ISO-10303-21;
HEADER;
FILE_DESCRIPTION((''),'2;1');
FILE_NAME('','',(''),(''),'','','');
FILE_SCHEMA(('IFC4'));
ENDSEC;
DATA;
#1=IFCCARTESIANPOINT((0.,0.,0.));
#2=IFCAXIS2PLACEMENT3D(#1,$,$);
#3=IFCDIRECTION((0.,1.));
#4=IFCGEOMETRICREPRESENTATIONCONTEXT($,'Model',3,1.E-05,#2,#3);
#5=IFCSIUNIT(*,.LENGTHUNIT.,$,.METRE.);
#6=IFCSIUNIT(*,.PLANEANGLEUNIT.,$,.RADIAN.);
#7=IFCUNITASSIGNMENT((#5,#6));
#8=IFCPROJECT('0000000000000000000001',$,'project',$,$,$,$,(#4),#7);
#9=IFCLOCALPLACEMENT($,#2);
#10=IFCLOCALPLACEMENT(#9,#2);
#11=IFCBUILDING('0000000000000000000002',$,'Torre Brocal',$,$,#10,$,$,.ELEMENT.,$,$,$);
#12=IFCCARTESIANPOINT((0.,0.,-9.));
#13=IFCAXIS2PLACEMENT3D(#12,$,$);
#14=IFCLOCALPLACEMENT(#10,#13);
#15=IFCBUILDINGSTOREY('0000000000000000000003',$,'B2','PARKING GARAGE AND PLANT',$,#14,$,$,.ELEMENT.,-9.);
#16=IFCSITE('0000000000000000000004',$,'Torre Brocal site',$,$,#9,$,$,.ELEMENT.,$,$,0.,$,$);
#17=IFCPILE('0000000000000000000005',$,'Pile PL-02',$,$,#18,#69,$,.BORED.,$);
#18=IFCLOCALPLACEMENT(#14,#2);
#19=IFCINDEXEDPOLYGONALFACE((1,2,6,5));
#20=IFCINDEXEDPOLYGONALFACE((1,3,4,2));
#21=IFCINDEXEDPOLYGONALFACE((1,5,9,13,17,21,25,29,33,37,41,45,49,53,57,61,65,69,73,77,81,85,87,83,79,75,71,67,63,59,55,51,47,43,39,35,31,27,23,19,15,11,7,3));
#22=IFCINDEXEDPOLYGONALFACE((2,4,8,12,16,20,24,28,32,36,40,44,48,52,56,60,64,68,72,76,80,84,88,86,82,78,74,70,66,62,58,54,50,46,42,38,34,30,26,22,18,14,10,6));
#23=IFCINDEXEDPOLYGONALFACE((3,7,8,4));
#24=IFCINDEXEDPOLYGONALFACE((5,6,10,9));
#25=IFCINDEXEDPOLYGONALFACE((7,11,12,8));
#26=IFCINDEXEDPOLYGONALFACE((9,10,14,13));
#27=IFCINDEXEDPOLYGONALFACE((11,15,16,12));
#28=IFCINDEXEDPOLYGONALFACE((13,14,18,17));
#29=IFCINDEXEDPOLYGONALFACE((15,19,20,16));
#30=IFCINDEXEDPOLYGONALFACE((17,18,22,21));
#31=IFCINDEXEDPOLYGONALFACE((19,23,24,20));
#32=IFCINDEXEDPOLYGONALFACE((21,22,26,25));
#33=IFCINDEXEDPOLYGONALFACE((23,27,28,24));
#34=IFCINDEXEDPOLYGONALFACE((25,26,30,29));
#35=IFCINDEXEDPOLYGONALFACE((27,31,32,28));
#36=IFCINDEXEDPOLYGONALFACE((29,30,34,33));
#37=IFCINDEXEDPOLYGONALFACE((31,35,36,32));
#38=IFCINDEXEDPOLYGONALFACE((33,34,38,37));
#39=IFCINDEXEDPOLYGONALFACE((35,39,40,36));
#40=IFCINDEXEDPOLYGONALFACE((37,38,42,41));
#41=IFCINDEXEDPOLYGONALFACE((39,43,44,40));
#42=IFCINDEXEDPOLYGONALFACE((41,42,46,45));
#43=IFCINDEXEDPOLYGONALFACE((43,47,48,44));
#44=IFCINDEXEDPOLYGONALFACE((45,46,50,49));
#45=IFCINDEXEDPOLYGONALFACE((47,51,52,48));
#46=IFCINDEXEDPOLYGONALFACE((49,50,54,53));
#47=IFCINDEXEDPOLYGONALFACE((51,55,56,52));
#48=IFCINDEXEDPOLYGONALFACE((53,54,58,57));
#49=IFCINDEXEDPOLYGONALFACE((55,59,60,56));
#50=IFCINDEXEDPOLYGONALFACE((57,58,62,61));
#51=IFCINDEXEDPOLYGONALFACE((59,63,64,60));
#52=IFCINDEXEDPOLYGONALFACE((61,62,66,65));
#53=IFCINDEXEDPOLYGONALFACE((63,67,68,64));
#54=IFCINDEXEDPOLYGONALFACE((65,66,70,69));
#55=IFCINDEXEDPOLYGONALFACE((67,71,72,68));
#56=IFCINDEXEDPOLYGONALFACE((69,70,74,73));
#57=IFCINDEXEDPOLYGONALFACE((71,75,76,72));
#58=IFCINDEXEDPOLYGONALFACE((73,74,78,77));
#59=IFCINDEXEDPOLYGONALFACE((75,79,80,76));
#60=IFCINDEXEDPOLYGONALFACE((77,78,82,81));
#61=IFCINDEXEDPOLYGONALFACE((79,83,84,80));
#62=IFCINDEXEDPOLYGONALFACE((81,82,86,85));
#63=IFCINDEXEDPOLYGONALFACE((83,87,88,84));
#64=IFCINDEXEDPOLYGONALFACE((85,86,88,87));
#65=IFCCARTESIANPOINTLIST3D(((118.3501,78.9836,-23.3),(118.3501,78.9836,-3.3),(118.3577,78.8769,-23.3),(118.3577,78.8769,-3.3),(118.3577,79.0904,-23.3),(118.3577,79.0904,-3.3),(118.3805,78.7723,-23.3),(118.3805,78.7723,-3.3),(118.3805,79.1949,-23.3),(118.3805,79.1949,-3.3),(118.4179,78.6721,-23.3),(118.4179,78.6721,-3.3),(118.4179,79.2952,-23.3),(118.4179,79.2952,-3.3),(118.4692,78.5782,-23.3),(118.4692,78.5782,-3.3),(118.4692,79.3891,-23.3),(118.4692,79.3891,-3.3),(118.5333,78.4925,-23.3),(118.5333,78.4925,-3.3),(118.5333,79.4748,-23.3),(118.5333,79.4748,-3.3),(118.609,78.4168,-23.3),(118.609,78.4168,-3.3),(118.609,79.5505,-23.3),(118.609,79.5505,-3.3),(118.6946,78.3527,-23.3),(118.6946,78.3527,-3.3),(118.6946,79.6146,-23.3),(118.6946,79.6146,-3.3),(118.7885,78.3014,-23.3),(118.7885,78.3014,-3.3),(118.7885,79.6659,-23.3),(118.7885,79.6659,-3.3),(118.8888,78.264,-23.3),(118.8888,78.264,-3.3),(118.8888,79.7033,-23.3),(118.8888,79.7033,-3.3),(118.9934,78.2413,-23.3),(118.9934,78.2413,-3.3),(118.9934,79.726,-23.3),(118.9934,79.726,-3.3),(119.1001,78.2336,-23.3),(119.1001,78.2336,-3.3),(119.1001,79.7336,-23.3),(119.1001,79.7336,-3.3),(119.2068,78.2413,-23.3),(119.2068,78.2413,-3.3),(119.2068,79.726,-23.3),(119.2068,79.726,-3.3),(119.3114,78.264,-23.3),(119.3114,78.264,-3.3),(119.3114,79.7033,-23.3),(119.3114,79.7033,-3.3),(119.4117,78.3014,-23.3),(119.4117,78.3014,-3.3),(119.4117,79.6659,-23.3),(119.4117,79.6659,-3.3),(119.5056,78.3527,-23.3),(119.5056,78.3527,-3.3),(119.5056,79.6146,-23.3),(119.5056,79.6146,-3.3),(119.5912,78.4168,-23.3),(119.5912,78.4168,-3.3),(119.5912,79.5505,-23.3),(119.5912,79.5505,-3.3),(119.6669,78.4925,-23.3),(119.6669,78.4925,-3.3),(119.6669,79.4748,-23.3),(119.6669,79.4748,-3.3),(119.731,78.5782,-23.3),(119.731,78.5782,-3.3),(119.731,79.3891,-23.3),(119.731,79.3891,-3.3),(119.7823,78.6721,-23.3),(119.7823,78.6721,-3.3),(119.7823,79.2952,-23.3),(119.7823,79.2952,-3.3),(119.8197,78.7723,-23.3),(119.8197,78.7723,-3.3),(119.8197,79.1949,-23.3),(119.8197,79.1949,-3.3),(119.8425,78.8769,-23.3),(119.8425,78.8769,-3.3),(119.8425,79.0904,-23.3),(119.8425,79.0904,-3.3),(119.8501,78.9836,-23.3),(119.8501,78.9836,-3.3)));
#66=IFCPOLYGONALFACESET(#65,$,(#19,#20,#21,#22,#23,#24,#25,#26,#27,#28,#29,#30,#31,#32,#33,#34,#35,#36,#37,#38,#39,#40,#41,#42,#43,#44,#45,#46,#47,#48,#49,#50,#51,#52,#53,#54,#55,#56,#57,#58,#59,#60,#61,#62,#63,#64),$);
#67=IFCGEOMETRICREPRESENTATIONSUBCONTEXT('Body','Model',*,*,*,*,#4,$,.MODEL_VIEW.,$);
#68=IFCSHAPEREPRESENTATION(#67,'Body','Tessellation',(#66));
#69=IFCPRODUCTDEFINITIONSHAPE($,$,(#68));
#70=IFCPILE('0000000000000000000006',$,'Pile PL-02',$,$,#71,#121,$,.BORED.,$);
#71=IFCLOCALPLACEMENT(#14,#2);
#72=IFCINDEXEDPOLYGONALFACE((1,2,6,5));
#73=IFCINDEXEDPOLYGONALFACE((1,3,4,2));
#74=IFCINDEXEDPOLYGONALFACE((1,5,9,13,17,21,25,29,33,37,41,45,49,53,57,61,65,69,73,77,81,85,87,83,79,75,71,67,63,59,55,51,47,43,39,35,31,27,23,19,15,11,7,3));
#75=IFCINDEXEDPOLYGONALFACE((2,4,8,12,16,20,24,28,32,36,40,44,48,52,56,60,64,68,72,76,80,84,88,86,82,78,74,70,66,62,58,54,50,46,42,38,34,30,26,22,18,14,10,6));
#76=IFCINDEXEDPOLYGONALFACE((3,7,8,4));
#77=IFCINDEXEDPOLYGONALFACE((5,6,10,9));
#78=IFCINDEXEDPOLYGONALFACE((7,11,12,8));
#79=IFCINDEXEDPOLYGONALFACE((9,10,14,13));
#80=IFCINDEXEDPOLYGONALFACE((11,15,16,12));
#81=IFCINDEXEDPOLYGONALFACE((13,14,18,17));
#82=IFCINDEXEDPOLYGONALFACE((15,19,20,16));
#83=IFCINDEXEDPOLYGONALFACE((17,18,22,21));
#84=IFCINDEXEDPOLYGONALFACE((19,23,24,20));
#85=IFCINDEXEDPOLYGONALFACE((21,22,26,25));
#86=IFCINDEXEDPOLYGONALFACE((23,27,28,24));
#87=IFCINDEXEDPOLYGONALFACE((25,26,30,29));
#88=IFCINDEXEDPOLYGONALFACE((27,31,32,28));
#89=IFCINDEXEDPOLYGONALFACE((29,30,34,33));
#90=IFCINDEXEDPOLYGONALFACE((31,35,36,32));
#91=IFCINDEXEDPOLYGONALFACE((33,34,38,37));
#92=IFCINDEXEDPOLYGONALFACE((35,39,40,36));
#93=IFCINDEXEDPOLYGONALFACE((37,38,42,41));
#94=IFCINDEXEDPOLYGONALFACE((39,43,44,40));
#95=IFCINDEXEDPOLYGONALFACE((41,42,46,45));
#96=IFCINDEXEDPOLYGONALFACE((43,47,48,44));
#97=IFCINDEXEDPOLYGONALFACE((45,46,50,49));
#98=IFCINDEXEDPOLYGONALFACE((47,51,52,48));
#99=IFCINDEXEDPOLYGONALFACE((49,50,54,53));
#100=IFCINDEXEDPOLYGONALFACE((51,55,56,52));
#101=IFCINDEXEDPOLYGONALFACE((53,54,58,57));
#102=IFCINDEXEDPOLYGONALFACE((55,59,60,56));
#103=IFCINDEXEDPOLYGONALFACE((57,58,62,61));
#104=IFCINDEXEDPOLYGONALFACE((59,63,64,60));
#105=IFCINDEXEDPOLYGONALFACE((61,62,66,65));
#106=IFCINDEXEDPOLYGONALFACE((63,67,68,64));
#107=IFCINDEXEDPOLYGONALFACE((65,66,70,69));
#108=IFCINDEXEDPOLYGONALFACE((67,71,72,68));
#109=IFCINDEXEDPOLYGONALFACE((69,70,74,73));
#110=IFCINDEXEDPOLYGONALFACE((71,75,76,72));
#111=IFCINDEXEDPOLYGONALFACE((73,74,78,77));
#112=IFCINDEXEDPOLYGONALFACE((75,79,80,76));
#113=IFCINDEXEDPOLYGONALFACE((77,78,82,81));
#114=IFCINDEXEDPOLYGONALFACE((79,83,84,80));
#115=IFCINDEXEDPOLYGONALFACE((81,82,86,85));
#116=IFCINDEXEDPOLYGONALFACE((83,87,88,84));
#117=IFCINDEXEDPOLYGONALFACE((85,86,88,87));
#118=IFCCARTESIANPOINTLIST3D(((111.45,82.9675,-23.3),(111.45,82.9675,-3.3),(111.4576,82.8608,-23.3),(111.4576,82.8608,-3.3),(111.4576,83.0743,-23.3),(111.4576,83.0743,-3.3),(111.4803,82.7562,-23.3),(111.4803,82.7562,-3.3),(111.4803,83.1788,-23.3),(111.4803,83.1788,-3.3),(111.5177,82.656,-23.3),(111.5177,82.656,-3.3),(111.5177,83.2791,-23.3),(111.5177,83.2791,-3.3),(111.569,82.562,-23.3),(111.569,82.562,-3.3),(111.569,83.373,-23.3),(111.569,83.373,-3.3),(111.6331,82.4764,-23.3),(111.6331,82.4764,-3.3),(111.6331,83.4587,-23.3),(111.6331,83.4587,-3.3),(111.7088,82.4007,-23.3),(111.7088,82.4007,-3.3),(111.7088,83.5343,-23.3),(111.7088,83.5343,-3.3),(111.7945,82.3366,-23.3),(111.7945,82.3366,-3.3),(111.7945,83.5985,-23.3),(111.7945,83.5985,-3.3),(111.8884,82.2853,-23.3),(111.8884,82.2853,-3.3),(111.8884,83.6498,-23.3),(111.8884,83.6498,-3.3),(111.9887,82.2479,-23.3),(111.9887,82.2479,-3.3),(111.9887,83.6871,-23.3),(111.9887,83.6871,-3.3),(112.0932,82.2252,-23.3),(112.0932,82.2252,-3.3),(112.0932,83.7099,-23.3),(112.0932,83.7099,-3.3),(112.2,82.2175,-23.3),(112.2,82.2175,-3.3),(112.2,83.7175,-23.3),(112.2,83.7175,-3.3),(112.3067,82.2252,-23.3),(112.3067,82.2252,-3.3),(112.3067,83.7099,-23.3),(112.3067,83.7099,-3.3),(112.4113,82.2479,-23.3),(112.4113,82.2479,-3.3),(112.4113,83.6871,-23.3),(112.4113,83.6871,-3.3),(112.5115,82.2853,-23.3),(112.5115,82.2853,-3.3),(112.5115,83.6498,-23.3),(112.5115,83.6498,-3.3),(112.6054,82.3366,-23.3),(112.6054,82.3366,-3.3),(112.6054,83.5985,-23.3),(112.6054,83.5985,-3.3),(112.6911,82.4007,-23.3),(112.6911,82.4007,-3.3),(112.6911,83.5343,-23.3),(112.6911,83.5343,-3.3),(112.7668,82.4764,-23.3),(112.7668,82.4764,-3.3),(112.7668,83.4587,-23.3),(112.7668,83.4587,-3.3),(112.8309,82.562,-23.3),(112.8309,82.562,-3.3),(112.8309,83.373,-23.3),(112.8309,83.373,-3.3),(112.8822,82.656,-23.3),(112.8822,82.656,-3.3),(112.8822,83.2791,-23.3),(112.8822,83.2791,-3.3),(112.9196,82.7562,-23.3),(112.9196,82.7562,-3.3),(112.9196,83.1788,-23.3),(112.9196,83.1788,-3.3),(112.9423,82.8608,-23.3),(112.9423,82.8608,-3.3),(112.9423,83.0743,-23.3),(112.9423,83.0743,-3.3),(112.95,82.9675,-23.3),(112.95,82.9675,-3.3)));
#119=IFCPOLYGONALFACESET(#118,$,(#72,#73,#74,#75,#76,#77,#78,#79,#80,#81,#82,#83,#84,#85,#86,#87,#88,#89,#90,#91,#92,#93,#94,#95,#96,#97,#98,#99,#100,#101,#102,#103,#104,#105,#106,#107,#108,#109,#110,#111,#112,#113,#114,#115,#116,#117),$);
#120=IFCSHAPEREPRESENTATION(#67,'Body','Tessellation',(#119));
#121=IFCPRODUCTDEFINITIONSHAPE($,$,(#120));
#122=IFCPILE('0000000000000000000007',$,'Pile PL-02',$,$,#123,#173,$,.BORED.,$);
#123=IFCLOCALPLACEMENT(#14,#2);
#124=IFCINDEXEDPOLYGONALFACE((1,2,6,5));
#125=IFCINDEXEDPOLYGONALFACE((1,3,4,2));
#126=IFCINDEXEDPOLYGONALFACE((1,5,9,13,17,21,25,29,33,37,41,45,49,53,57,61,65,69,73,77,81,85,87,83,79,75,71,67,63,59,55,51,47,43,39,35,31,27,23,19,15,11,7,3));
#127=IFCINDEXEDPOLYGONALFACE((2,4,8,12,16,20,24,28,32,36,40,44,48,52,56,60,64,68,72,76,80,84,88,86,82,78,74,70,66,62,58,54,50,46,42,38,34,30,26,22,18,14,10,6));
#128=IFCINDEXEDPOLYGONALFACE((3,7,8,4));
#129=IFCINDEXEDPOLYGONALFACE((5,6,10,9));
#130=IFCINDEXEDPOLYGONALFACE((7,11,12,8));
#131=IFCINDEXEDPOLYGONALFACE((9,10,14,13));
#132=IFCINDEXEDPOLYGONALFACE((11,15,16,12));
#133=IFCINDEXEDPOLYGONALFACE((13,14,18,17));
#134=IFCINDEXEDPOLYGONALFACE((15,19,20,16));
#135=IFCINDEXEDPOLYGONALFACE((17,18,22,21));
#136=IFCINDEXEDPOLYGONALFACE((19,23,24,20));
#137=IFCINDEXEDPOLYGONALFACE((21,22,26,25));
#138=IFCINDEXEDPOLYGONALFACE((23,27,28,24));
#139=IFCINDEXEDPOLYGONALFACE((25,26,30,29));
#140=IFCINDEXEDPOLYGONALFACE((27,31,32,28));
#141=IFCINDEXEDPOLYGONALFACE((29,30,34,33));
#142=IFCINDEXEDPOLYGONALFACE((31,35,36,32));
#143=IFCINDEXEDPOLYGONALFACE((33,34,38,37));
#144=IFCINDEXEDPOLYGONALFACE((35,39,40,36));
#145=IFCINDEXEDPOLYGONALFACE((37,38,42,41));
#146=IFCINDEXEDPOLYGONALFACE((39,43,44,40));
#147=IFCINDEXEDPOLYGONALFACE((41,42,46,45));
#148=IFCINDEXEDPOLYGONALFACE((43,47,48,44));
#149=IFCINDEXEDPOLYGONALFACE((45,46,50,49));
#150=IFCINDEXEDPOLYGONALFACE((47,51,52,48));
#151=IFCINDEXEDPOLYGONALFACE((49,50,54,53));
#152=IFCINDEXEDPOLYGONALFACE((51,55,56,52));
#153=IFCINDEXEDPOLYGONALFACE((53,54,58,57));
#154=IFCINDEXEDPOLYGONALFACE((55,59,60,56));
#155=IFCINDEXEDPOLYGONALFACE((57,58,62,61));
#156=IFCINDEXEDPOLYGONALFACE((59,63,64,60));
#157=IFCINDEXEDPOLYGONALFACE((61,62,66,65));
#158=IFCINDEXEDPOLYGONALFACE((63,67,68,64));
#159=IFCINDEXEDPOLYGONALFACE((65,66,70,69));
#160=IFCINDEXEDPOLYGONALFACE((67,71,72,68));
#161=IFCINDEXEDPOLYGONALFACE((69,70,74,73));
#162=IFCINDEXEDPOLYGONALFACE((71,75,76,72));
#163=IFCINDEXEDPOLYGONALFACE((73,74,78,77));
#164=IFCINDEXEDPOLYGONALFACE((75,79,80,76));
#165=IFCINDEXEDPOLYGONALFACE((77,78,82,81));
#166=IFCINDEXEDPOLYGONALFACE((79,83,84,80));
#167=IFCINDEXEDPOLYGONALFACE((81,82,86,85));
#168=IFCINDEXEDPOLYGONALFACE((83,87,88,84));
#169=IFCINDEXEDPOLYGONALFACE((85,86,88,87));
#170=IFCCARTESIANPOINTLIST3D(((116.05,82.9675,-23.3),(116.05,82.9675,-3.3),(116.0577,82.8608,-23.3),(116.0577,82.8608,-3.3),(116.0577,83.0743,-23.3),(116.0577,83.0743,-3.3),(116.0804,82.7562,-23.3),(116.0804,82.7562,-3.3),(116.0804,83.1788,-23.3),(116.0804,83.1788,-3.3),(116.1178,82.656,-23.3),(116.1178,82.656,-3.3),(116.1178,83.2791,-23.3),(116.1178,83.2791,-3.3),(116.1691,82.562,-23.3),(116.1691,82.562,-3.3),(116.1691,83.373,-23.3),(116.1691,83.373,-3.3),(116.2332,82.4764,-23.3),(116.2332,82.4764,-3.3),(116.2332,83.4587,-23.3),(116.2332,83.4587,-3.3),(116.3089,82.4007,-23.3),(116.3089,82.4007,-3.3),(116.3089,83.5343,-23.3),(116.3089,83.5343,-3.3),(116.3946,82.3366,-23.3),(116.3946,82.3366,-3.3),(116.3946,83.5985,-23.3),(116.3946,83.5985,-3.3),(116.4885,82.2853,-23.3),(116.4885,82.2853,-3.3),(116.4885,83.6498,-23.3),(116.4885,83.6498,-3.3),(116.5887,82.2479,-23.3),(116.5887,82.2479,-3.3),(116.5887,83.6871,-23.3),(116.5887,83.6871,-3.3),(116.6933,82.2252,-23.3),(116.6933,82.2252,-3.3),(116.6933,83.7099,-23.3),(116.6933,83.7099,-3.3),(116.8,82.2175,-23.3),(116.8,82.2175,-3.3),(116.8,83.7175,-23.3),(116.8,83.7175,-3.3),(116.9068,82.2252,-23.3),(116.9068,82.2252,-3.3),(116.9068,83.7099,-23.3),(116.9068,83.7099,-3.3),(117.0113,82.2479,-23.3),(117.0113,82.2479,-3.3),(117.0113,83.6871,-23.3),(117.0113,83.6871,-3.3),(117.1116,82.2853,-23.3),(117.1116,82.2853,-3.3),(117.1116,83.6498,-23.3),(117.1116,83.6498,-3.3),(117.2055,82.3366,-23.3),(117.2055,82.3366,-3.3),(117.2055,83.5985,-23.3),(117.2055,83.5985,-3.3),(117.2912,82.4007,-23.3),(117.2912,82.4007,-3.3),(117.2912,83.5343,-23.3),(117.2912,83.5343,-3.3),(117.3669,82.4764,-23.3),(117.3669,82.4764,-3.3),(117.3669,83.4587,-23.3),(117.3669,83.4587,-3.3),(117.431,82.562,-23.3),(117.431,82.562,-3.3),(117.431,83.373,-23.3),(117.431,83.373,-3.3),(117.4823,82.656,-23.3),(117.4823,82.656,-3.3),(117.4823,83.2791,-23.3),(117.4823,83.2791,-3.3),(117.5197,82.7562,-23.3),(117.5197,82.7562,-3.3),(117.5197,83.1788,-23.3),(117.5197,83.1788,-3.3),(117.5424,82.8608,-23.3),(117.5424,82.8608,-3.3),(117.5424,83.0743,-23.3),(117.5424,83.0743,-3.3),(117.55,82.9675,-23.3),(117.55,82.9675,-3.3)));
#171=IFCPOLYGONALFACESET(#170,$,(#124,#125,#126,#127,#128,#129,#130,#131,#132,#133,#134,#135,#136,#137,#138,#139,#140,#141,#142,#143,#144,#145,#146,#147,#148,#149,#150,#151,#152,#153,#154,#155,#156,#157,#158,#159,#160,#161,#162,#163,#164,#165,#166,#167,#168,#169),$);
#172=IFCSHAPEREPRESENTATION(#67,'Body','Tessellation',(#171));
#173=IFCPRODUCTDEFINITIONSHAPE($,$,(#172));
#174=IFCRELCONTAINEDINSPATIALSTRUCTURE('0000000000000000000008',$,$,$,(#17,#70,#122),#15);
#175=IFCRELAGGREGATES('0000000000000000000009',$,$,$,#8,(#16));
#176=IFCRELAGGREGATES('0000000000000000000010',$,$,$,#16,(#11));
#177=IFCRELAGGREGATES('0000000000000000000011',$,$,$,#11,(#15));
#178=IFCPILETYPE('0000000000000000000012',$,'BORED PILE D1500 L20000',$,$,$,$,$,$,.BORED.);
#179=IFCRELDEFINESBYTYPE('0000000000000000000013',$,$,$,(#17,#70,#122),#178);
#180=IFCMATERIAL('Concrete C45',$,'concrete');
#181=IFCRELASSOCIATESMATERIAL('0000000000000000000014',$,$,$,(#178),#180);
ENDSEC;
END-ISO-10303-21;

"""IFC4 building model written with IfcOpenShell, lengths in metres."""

from ifc_helpers import new_model, si_unit, direction, frame, origin, origin_2d, place, context, subcontext, project, spatial, circle, extrude, material, material_profile, profile_set, type_object, element, save


model = new_model("IFC4")

# Units and contexts
model_context = context("Model", 3, precision=1e-05, world=origin(), true_north=direction((0.0, 1.0)))
body_context = subcontext(model_context, "Body", "Model", "MODEL_VIEW")
ifc_project = project(units=[si_unit("LENGTHUNIT", "METRE"), si_unit("PLANEANGLEUNIT", "RADIAN")], contexts=[model_context])

# Site, building, storey
site_placement = place(None, origin())
site = spatial("IfcSite", under=ifc_project, at=site_placement, Name="Torre Brocal site", CompositionType="ELEMENT", RefElevation=0.0)
building_placement = place(site_placement, origin())
building = spatial("IfcBuilding", under=site, at=building_placement, Name="Torre Brocal", CompositionType="ELEMENT")
storey_placement = place(building_placement, frame((0.0, 0.0, -9.0)))
storey = spatial("IfcBuildingStorey", under=building, at=storey_placement, Name="B2", Description="PARKING GARAGE AND PLANT", CompositionType="ELEMENT", Elevation=-9.0)

# Piles
ifc_material_1 = material(Name="Concrete C45", Category="concrete")
ifc_material_profile_1 = material_profile(ifc_material_1, circle(Radius=0.75, at=origin_2d()), Name="BORED PILE D1500")
ifc_profile_set_1 = profile_set([ifc_material_profile_1], Name="Concrete C45")
pile_type = type_object("IfcPileType", Name="BORED PILE D1500 L20000", PredefinedType="BORED", material=ifc_profile_set_1)
for number, where, z_axis, x_axis, name in (
    (1, (119.1001, 78.9836, -3.3), (0.0, 0.0, -1.0), (1.0, 0.0, 0.0), "Pile PL-02"),
    (2, (112.2, 82.9675, -3.3), (0.0, 0.0, -1.0), (1.0, 0.0, 0.0), "Pile PL-02"),
    (3, (116.8, 82.9675, -3.3), (0.0, 0.0, -1.0), (1.0, 0.0, 0.0), "Pile PL-02"),
):
    element("IfcPile", number, at=place(storey_placement, frame(where, z_axis=z_axis, x_axis=x_axis)), inside=storey, type_object=pile_type, Name=name, PredefinedType="BORED", context=body_context, shape_type="SweptSolid", body=[
        extrude(circle(Radius=0.75, at=origin_2d()), origin(), (0.0, 0.0, 1.0), 20.0),
    ])

save(model, "model.ifc")
